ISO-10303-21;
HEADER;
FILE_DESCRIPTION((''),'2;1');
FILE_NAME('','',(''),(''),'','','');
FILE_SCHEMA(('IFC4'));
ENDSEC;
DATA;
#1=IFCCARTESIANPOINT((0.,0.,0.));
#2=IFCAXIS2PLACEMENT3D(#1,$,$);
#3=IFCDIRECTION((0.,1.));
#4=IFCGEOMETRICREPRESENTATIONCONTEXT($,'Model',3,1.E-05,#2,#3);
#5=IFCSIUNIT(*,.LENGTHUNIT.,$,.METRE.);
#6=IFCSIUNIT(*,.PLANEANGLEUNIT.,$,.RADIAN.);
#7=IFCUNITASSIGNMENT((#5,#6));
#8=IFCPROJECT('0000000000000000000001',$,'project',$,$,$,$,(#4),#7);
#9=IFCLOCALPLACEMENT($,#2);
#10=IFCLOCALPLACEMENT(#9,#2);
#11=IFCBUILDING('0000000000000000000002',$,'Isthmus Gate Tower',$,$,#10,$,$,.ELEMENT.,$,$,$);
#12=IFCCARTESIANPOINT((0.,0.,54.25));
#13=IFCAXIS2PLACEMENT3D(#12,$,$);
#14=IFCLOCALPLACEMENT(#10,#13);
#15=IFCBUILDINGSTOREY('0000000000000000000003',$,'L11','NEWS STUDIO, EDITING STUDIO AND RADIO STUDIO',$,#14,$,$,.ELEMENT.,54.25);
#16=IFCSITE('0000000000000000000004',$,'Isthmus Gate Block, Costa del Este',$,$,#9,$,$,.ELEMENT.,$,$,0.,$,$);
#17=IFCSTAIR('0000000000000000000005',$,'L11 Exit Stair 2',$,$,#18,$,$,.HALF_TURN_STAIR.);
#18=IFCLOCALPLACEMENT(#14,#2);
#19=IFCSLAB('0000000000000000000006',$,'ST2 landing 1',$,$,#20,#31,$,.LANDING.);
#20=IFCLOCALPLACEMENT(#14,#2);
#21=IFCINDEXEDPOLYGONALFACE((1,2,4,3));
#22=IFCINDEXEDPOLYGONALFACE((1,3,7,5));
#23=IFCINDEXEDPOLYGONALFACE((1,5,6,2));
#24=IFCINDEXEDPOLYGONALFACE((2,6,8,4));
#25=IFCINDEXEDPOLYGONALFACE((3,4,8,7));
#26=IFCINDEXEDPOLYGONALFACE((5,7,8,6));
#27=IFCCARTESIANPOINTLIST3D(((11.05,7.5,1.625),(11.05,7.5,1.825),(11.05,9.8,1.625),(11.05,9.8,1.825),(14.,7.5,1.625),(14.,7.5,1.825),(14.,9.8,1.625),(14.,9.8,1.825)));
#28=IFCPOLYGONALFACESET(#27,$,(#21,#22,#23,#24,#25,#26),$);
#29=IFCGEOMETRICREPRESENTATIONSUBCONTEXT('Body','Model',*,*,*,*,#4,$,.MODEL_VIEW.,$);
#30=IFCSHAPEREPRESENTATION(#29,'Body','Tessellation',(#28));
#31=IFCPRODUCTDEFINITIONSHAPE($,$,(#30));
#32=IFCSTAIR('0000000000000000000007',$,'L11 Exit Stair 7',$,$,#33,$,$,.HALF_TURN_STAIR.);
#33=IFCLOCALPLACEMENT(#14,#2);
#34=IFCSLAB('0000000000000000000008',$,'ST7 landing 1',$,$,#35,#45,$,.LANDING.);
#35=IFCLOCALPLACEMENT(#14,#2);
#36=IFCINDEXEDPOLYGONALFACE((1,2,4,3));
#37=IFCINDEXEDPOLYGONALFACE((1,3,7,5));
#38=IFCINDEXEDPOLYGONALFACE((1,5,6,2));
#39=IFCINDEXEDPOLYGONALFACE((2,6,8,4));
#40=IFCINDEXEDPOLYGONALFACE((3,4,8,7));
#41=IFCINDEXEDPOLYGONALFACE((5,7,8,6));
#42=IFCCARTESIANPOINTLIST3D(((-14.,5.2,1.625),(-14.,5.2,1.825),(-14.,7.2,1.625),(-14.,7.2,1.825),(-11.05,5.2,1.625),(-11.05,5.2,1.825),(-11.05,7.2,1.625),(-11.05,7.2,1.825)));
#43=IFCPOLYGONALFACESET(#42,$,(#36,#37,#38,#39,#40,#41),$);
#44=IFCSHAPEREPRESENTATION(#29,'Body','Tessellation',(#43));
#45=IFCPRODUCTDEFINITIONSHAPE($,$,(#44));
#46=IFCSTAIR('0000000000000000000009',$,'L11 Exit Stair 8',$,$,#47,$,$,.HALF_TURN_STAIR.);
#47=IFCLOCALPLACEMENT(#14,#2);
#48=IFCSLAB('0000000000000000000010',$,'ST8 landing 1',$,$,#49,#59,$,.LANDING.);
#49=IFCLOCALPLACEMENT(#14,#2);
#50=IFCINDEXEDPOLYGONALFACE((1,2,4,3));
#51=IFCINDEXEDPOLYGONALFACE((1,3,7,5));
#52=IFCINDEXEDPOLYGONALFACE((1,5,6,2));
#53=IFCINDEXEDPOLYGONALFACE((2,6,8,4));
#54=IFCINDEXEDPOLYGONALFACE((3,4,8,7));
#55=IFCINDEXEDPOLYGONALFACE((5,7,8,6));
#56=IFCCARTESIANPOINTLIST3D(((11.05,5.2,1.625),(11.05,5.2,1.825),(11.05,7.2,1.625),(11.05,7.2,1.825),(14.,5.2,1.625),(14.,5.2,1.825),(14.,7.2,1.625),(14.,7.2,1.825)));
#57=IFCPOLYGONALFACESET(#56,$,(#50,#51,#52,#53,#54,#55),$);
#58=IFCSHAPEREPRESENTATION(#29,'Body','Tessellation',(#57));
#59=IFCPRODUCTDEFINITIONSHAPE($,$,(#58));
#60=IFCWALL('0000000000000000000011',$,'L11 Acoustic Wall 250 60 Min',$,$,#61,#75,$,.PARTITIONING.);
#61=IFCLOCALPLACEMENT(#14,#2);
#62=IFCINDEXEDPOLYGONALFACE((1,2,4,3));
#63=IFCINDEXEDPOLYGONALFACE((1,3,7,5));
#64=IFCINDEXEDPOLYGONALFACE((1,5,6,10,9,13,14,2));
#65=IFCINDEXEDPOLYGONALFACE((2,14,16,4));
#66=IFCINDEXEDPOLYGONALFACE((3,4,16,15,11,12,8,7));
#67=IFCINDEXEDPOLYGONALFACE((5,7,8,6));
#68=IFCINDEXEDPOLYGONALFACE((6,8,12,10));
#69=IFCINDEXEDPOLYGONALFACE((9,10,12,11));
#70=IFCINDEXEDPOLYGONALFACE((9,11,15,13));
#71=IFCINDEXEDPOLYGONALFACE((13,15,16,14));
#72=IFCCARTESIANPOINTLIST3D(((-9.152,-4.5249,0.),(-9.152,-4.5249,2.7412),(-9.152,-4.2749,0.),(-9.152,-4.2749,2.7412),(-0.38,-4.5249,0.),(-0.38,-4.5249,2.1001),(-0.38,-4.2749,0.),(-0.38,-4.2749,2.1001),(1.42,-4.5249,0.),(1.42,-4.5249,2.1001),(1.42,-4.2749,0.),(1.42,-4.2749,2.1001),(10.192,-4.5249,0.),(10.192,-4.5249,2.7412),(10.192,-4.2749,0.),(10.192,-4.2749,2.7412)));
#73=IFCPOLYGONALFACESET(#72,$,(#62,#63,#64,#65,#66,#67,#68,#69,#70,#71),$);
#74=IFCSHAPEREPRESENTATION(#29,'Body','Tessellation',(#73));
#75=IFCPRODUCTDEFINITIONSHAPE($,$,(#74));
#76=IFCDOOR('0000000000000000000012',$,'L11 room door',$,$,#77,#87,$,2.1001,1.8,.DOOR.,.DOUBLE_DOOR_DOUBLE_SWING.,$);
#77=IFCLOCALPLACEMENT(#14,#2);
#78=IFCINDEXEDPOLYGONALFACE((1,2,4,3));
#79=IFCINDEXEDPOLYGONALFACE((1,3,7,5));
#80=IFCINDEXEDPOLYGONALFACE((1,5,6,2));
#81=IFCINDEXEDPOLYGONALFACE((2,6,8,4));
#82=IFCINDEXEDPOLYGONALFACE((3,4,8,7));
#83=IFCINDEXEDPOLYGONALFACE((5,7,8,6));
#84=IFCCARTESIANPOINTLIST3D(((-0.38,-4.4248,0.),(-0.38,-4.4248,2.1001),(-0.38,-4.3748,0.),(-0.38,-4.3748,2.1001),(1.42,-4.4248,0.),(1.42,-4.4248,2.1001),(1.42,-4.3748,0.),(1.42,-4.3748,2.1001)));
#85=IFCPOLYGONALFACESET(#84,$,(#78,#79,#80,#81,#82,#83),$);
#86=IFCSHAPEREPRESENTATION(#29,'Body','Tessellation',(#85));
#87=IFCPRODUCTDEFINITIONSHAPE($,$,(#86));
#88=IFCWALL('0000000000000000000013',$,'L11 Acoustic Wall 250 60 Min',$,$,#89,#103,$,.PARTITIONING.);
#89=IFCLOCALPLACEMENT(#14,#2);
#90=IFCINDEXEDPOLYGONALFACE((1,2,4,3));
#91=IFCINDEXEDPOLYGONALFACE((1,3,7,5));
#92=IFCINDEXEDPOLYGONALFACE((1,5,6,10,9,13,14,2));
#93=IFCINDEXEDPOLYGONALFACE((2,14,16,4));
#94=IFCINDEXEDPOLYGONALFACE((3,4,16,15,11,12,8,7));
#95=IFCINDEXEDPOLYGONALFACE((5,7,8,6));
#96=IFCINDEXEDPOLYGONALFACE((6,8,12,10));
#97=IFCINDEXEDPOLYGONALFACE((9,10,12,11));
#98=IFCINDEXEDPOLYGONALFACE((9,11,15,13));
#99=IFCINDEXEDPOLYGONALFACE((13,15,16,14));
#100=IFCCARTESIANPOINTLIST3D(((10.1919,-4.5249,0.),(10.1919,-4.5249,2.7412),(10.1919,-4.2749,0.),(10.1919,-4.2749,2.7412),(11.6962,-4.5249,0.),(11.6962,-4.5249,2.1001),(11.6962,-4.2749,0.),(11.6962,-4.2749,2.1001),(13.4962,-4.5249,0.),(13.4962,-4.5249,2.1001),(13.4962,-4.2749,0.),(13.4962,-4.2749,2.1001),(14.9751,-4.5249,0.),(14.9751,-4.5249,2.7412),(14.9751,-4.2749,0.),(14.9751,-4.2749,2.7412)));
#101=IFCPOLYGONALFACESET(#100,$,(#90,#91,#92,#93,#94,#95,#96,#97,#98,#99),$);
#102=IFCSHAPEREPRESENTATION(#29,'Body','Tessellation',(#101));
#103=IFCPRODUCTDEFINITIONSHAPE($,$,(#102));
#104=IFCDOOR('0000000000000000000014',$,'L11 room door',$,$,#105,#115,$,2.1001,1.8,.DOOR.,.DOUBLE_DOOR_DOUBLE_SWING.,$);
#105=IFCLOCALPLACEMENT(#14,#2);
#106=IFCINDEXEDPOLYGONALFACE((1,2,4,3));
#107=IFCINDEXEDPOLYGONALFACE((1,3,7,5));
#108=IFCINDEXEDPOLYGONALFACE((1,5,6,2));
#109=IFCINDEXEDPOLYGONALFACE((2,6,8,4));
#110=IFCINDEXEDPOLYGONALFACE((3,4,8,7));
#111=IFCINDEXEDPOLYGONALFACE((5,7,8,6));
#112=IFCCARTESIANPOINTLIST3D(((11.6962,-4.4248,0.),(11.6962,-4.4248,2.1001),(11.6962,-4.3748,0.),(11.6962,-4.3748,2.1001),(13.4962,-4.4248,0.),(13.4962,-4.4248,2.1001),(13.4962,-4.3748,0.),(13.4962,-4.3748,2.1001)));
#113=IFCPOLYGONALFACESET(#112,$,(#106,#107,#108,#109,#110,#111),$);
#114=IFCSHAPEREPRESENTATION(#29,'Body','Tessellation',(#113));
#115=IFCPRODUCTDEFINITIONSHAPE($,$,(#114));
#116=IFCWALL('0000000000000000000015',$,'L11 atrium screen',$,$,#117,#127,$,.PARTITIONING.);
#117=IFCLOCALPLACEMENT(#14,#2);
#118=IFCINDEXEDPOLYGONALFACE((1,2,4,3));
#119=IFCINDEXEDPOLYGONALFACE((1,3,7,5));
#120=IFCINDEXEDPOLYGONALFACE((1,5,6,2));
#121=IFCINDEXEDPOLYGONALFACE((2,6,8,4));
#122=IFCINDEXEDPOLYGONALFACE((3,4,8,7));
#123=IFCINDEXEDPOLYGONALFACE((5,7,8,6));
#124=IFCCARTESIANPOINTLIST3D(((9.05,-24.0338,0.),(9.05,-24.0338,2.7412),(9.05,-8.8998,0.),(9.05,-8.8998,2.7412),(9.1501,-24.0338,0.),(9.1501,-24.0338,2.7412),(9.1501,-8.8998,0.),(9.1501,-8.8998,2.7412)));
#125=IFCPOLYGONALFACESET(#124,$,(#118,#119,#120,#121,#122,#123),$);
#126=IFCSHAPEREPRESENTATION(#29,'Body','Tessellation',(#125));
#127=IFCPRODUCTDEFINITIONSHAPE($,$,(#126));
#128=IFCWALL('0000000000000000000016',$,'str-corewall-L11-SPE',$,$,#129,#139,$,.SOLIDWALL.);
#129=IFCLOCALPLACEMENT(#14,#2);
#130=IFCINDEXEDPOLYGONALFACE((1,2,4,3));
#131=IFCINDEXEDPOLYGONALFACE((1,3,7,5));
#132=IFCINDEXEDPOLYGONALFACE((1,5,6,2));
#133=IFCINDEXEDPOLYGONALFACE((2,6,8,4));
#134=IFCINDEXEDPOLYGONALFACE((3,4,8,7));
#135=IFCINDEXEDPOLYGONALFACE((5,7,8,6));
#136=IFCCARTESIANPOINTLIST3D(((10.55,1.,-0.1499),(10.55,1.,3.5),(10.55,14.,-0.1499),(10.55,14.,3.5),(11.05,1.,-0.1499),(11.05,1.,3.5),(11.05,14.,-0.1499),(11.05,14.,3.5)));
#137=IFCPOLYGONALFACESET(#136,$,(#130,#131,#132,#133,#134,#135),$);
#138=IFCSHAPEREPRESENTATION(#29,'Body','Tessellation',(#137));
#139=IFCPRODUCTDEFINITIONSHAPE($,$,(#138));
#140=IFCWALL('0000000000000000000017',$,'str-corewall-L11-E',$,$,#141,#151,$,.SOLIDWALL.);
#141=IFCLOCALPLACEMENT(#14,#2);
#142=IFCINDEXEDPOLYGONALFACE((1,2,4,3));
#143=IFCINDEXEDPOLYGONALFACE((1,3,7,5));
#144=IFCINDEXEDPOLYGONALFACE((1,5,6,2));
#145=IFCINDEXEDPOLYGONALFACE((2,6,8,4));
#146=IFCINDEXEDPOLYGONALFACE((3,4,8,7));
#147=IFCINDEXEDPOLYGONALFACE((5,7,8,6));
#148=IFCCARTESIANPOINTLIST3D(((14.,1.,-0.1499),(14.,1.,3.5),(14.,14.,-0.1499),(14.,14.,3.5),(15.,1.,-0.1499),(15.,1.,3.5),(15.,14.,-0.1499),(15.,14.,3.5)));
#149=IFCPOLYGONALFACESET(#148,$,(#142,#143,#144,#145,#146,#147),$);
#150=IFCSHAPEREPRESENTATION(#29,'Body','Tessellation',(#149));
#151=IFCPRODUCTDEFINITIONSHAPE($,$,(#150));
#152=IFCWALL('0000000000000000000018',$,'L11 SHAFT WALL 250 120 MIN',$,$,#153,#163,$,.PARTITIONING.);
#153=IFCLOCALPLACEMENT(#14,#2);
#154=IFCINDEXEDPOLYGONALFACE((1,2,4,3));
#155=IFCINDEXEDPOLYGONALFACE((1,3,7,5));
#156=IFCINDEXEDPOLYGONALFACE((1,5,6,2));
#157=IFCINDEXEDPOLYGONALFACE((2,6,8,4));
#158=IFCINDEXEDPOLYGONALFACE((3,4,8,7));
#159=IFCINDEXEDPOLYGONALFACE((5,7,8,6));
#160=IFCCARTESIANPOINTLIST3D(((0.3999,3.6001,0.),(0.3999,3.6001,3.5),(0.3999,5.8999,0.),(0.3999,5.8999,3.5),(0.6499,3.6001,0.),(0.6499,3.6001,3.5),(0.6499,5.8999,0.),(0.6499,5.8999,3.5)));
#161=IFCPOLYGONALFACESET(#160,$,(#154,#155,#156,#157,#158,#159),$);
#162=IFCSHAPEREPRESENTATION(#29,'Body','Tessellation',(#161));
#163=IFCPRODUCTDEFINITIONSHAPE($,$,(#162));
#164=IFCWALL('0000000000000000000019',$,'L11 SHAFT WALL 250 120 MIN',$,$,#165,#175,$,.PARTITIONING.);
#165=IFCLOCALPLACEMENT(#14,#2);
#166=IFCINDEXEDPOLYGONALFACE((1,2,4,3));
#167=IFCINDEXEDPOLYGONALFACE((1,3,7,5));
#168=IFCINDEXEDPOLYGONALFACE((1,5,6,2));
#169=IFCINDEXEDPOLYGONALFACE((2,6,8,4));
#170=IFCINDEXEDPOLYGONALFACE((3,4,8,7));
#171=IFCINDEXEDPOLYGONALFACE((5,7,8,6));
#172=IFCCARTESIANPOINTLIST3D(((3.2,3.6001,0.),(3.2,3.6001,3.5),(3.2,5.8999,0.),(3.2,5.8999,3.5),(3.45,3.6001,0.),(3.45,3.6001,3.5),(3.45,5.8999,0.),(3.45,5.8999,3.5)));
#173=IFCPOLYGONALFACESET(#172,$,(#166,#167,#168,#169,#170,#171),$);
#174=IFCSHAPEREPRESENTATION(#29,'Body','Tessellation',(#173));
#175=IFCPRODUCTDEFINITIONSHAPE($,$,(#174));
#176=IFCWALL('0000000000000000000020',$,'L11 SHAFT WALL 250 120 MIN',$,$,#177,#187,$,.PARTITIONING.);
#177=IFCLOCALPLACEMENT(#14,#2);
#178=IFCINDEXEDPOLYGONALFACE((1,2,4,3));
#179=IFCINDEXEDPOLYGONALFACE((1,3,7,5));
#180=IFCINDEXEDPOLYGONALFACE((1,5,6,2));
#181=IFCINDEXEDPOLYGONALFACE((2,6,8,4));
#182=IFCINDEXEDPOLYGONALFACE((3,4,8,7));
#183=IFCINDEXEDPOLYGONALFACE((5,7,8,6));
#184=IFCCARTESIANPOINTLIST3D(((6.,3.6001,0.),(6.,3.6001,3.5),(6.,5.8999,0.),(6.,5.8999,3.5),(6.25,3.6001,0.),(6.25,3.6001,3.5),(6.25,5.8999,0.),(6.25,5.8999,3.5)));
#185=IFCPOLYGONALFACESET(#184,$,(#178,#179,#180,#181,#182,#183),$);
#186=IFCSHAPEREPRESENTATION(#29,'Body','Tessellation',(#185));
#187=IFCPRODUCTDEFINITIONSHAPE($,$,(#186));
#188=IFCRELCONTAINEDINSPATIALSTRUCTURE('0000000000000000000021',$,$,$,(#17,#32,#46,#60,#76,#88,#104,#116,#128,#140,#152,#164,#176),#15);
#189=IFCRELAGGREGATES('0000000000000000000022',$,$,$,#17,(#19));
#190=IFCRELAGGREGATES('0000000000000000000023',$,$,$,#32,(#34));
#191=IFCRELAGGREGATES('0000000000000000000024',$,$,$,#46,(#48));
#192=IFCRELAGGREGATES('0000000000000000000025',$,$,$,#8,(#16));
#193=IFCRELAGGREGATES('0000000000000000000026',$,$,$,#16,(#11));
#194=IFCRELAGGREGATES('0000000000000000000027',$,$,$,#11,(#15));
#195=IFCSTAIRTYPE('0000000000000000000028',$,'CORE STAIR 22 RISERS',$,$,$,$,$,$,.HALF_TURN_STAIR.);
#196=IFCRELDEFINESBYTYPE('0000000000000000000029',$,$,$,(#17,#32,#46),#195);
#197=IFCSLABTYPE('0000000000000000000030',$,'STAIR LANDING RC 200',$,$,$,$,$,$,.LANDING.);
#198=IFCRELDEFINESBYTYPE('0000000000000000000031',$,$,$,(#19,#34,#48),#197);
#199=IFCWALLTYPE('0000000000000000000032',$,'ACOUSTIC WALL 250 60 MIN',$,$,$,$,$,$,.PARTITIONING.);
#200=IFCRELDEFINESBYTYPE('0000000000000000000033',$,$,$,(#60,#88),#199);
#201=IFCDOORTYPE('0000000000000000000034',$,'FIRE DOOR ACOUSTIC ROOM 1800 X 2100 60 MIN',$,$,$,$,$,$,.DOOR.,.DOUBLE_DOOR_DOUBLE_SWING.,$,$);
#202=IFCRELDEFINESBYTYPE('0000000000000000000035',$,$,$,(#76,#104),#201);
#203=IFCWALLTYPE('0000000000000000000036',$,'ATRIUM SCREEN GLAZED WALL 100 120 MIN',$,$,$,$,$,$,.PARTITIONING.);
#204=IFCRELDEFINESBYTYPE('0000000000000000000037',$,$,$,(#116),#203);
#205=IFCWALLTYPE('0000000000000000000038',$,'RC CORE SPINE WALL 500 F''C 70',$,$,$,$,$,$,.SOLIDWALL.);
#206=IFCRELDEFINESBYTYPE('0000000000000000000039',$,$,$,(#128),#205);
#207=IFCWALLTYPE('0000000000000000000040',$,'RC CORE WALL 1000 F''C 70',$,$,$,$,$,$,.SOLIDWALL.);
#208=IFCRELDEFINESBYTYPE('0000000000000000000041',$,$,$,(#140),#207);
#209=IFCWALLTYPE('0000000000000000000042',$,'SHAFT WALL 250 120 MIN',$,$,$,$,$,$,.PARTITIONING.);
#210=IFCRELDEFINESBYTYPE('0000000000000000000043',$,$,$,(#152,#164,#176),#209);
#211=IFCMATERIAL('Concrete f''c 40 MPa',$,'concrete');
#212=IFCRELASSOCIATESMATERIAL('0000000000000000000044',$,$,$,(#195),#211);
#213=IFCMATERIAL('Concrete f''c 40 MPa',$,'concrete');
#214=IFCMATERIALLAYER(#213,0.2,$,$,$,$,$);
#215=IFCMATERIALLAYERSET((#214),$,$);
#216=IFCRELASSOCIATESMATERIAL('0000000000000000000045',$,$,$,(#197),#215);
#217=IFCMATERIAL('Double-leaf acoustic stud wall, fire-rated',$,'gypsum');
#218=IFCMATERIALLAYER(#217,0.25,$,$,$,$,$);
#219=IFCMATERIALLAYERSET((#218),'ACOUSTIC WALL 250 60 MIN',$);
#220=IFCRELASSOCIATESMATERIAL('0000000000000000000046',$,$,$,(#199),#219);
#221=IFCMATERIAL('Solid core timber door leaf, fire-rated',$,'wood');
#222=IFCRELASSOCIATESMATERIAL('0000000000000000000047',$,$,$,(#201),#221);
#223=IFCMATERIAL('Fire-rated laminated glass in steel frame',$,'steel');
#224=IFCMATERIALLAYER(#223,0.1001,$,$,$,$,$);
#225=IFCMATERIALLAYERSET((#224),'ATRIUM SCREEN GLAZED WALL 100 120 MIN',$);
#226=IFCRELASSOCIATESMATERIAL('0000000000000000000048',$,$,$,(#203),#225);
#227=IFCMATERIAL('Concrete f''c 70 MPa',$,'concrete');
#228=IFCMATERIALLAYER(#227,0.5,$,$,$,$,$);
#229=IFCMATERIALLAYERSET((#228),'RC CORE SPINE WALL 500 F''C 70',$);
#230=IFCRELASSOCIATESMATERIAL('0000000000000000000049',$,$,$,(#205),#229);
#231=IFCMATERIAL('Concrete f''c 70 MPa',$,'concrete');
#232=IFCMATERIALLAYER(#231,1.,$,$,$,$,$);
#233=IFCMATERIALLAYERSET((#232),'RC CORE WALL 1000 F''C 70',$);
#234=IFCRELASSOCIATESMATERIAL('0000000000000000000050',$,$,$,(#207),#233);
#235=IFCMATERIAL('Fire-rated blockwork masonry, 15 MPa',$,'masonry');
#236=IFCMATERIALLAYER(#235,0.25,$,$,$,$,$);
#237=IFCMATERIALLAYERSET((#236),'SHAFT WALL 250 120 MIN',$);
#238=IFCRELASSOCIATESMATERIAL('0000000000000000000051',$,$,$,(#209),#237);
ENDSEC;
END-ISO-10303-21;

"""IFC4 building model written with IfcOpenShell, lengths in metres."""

from ifc_helpers import new_model, si_unit, direction, frame, frame_2d, origin, place, context, subcontext, project, spatial, polyline, rectangle, outline, extrude, material, layer, layer_set, type_object, element, fill, aggregate, save


model = new_model("IFC4")

# Units and contexts
model_context = context("Model", 3, precision=1e-05, world=origin(), true_north=direction((0.0, 1.0)))
body_context = subcontext(model_context, "Body", "Model", "MODEL_VIEW")
ifc_project = project(units=[si_unit("LENGTHUNIT", "METRE"), si_unit("PLANEANGLEUNIT", "RADIAN")], contexts=[model_context])

# Site, building, storey
site_placement = place(None, origin())
site = spatial("IfcSite", under=ifc_project, at=site_placement, Name="Isthmus Gate Block, Costa del Este", CompositionType="ELEMENT", RefElevation=0.0)
building_placement = place(site_placement, origin())
building = spatial("IfcBuilding", under=site, at=building_placement, Name="Isthmus Gate Tower", CompositionType="ELEMENT")
storey_placement = place(building_placement, frame((0.0, 0.0, 54.25)))
storey = spatial("IfcBuildingStorey", under=building, at=storey_placement, Name="L11", Description="NEWS STUDIO, EDITING STUDIO AND RADIO STUDIO", CompositionType="ELEMENT", Elevation=54.25)

# Stairs, slabs
ifc_material_1 = material(Name="Concrete f'c 40 MPa", Category="concrete")
stair_type = type_object("IfcStairType", Name="CORE STAIR 22 RISERS", PredefinedType="HALF_TURN_STAIR", material=ifc_material_1)
ifc_material_2 = material(Name="Concrete f'c 40 MPa", Category="concrete")
ifc_layer_1 = layer(ifc_material_2, 0.2)
ifc_layer_set_1 = layer_set([ifc_layer_1])
slab_type_1 = type_object("IfcSlabType", Name="STAIR LANDING RC 200", PredefinedType="LANDING", material=ifc_layer_set_1)
stair_1_placement = place(storey_placement, origin())
stair_1 = element("IfcStair", 1, at=stair_1_placement, inside=storey, type_object=stair_type, Name="L11 Exit Stair 2", PredefinedType="HALF_TURN_STAIR")
slab_1_placement = place(storey_placement, frame((0.0, 0.0, 1.625)))
slab_1 = element("IfcSlab", 2, at=slab_1_placement, type_object=slab_type_1, Name="ST2 landing 1", PredefinedType="LANDING", context=body_context, shape_type="SweptSolid", body=[
    extrude(outline(polyline([(11.05, 9.8), (11.05, 7.5), (14.0, 7.5), (14.0, 9.8), (11.05, 9.8)])), origin(), (0.0, 0.0, 1.0), 0.2),
])
aggregate(stair_1, [slab_1])
stair_2_placement = place(storey_placement, origin())
stair_2 = element("IfcStair", 3, at=stair_2_placement, inside=storey, type_object=stair_type, Name="L11 Exit Stair 7", PredefinedType="HALF_TURN_STAIR")
slab_2_placement = place(storey_placement, frame((0.0, 0.0, 1.625)))
slab_2 = element("IfcSlab", 4, at=slab_2_placement, type_object=slab_type_1, Name="ST7 landing 1", PredefinedType="LANDING", context=body_context, shape_type="SweptSolid", body=[
    extrude(outline(polyline([(-11.05, 5.2), (-11.05, 7.2), (-14.0, 7.2), (-14.0, 5.2), (-11.05, 5.2)])), origin(), (0.0, 0.0, 1.0), 0.2),
])
aggregate(stair_2, [slab_2])
stair_3_placement = place(storey_placement, origin())
stair_3 = element("IfcStair", 5, at=stair_3_placement, inside=storey, type_object=stair_type, Name="L11 Exit Stair 8", PredefinedType="HALF_TURN_STAIR")
slab_3_placement = place(storey_placement, frame((0.0, 0.0, 1.625)))
slab_3 = element("IfcSlab", 6, at=slab_3_placement, type_object=slab_type_1, Name="ST8 landing 1", PredefinedType="LANDING", context=body_context, shape_type="SweptSolid", body=[
    extrude(outline(polyline([(14.0, 5.2), (14.0, 7.2), (11.05, 7.2), (11.05, 5.2), (14.0, 5.2)])), origin(), (0.0, 0.0, 1.0), 0.2),
])

# Walls, openings, doors
ifc_material_3 = material(Name="Double-leaf acoustic stud wall, fire-rated", Category="gypsum")
ifc_layer_2 = layer(ifc_material_3, 0.25)
ifc_layer_set_2 = layer_set([ifc_layer_2], Name="ACOUSTIC WALL 250 60 MIN")
wall_type_1 = type_object("IfcWallType", Name="ACOUSTIC WALL 250 60 MIN", PredefinedType="PARTITIONING", material=ifc_layer_set_2)
wall_1_placement = place(storey_placement, frame((10.1919, -4.3999, 0.0), z_axis=(0.0, 0.0, 1.0), x_axis=(-1.0, 0.0, 0.0)))
wall_1 = element("IfcWall", 7, at=wall_1_placement, inside=storey, type_object=wall_type_1, Name="L11 Acoustic Wall 250 60 Min", PredefinedType="PARTITIONING", context=body_context, shape_type="SweptSolid", body=[
    extrude(rectangle(XDim=19.344, YDim=0.25, at=frame_2d((9.6719, 0.0))), origin(), (0.0, 0.0, 1.0), 2.7412),
])
opening_1_placement = place(wall_1_placement, frame((8.772, 0.0, 0.0)))
opening_1 = element("IfcOpeningElement", 8, at=opening_1_placement, cuts=wall_1, PredefinedType="OPENING", context=body_context, shape_type="SweptSolid", body=[
    extrude(rectangle(XDim=1.8, YDim=2.1001, at=frame_2d((0.8999, 1.05))), frame((0.0, 0.135, 0.0), z_axis=(0.0, -1.0, 0.0), x_axis=(1.0, 0.0, 0.0)), (0.0, 0.0, 1.0), 0.27),
])
ifc_material_4 = material(Name="Solid core timber door leaf, fire-rated", Category="wood")
door_type = type_object("IfcDoorType", Name="FIRE DOOR ACOUSTIC ROOM 1800 X 2100 60 MIN", OperationType="DOUBLE_DOOR_DOUBLE_SWING", PredefinedType="DOOR", material=ifc_material_4)
door_1_placement = place(opening_1_placement, origin())
door_1 = element("IfcDoor", 9, at=door_1_placement, inside=storey, type_object=door_type, Name="L11 room door", OperationType="DOUBLE_DOOR_DOUBLE_SWING", OverallHeight=2.1001, OverallWidth=1.8, PredefinedType="DOOR", context=body_context, shape_type="SweptSolid", body=[
    extrude(rectangle(XDim=1.8, YDim=2.1001, at=frame_2d((0.8999, 1.05))), frame((0.0, 0.0249, 0.0), z_axis=(0.0, -1.0, 0.0), x_axis=(1.0, 0.0, 0.0)), (0.0, 0.0, 1.0), 0.05),
])
fill(opening_1, door_1)
wall_2_placement = place(storey_placement, frame((14.9751, -4.3999, 0.0), z_axis=(0.0, 0.0, 1.0), x_axis=(-1.0, 0.0, 0.0)))
wall_2 = element("IfcWall", 10, at=wall_2_placement, inside=storey, type_object=wall_type_1, Name="L11 Acoustic Wall 250 60 Min", PredefinedType="PARTITIONING", context=body_context, shape_type="SweptSolid", body=[
    extrude(rectangle(XDim=4.7832, YDim=0.25, at=frame_2d((2.3916, 0.0))), origin(), (0.0, 0.0, 1.0), 2.7412),
])
opening_2_placement = place(wall_2_placement, frame((1.479, 0.0, 0.0)))
opening_2 = element("IfcOpeningElement", 11, at=opening_2_placement, cuts=wall_2, PredefinedType="OPENING", context=body_context, shape_type="SweptSolid", body=[
    extrude(rectangle(XDim=1.8, YDim=2.1001, at=frame_2d((0.8999, 1.05))), frame((0.0, 0.135, 0.0), z_axis=(0.0, -1.0, 0.0), x_axis=(1.0, 0.0, 0.0)), (0.0, 0.0, 1.0), 0.27),
])
door_2_placement = place(opening_2_placement, origin())
door_2 = element("IfcDoor", 12, at=door_2_placement, inside=storey, type_object=door_type, Name="L11 room door", OperationType="DOUBLE_DOOR_DOUBLE_SWING", OverallHeight=2.1001, OverallWidth=1.8, PredefinedType="DOOR", context=body_context, shape_type="SweptSolid", body=[
    extrude(rectangle(XDim=1.8, YDim=2.1001, at=frame_2d((0.8999, 1.05))), frame((0.0, 0.0249, 0.0), z_axis=(0.0, -1.0, 0.0), x_axis=(1.0, 0.0, 0.0)), (0.0, 0.0, 1.0), 0.05),
])
fill(opening_2, door_2)

# Walls
ifc_material_5 = material(Name="Fire-rated laminated glass in steel frame", Category="steel")
ifc_layer_3 = layer(ifc_material_5, 0.1001)
ifc_layer_set_3 = layer_set([ifc_layer_3], Name="ATRIUM SCREEN GLAZED WALL 100 120 MIN")
wall_type_2 = type_object("IfcWallType", Name="ATRIUM SCREEN GLAZED WALL 100 120 MIN", PredefinedType="PARTITIONING", material=ifc_layer_set_3)
wall_3_placement = place(storey_placement, frame((9.1001, -8.8999, 0.0), z_axis=(0.0, 0.0, 1.0), x_axis=(0.0, -1.0, 0.0)))
element("IfcWall", 13, at=wall_3_placement, inside=storey, type_object=wall_type_2, Name="L11 atrium screen", PredefinedType="PARTITIONING", context=body_context, shape_type="SweptSolid", body=[
    extrude(rectangle(XDim=15.134, YDim=0.1001, at=frame_2d((7.5669, 0.0))), origin(), (0.0, 0.0, 1.0), 2.7412),
])
ifc_material_6 = material(Name="Concrete f'c 70 MPa", Category="concrete")
ifc_layer_4 = layer(ifc_material_6, 0.5)
ifc_layer_set_4 = layer_set([ifc_layer_4], Name="RC CORE SPINE WALL 500 F'C 70")
wall_type_3 = type_object("IfcWallType", Name="RC CORE SPINE WALL 500 F'C 70", PredefinedType="SOLIDWALL", material=ifc_layer_set_4)
wall_4_placement = place(storey_placement, frame((10.8, 1.0, -0.1499), z_axis=(0.0, 0.0, 1.0), x_axis=(0.0, 1.0, 0.0)))
element("IfcWall", 14, at=wall_4_placement, inside=storey, type_object=wall_type_3, Name="str-corewall-L11-SPE", PredefinedType="SOLIDWALL", context=body_context, shape_type="SweptSolid", body=[
    extrude(rectangle(XDim=13.0, YDim=0.5, at=frame_2d((6.5, 0.0))), origin(), (0.0, 0.0, 1.0), 3.6499),
])
ifc_material_7 = material(Name="Concrete f'c 70 MPa", Category="concrete")
ifc_layer_5 = layer(ifc_material_7, 1.0)
ifc_layer_set_5 = layer_set([ifc_layer_5], Name="RC CORE WALL 1000 F'C 70")
wall_type_4 = type_object("IfcWallType", Name="RC CORE WALL 1000 F'C 70", PredefinedType="SOLIDWALL", material=ifc_layer_set_5)
wall_5_placement = place(storey_placement, frame((14.5, 1.0, -0.1499), z_axis=(0.0, 0.0, 1.0), x_axis=(0.0, 1.0, 0.0)))
element("IfcWall", 15, at=wall_5_placement, inside=storey, type_object=wall_type_4, Name="str-corewall-L11-E", PredefinedType="SOLIDWALL", context=body_context, shape_type="SweptSolid", body=[
    extrude(rectangle(XDim=13.0, YDim=1.0, at=frame_2d((6.5, 0.0))), origin(), (0.0, 0.0, 1.0), 3.6499),
])
ifc_material_8 = material(Name="Fire-rated blockwork masonry, 15 MPa", Category="masonry")
ifc_layer_6 = layer(ifc_material_8, 0.25)
ifc_layer_set_6 = layer_set([ifc_layer_6], Name="SHAFT WALL 250 120 MIN")
wall_type_5 = type_object("IfcWallType", Name="SHAFT WALL 250 120 MIN", PredefinedType="PARTITIONING", material=ifc_layer_set_6)
for number, where, z_axis, x_axis, name in (
    (16, (0.5249, 3.6001, 0.0), (0.0, 0.0, 1.0), (0.0, 1.0, 0.0), "L11 SHAFT WALL 250 120 MIN"),
    (17, (3.325, 3.6001, 0.0), (0.0, 0.0, 1.0), (0.0, 1.0, 0.0), "L11 SHAFT WALL 250 120 MIN"),
    (18, (6.125, 3.6001, 0.0), (0.0, 0.0, 1.0), (0.0, 1.0, 0.0), "L11 SHAFT WALL 250 120 MIN"),
):
    element("IfcWall", number, at=place(storey_placement, frame(where, z_axis=z_axis, x_axis=x_axis)), inside=storey, type_object=wall_type_5, Name=name, PredefinedType="PARTITIONING", context=body_context, shape_type="SweptSolid", body=[
        extrude(rectangle(XDim=2.2998, YDim=0.25, at=frame_2d((1.1499, 0.0))), origin(), (0.0, 0.0, 1.0), 3.5),
    ])

aggregate(stair_3, [slab_3])

save(model, "model.ifc")
